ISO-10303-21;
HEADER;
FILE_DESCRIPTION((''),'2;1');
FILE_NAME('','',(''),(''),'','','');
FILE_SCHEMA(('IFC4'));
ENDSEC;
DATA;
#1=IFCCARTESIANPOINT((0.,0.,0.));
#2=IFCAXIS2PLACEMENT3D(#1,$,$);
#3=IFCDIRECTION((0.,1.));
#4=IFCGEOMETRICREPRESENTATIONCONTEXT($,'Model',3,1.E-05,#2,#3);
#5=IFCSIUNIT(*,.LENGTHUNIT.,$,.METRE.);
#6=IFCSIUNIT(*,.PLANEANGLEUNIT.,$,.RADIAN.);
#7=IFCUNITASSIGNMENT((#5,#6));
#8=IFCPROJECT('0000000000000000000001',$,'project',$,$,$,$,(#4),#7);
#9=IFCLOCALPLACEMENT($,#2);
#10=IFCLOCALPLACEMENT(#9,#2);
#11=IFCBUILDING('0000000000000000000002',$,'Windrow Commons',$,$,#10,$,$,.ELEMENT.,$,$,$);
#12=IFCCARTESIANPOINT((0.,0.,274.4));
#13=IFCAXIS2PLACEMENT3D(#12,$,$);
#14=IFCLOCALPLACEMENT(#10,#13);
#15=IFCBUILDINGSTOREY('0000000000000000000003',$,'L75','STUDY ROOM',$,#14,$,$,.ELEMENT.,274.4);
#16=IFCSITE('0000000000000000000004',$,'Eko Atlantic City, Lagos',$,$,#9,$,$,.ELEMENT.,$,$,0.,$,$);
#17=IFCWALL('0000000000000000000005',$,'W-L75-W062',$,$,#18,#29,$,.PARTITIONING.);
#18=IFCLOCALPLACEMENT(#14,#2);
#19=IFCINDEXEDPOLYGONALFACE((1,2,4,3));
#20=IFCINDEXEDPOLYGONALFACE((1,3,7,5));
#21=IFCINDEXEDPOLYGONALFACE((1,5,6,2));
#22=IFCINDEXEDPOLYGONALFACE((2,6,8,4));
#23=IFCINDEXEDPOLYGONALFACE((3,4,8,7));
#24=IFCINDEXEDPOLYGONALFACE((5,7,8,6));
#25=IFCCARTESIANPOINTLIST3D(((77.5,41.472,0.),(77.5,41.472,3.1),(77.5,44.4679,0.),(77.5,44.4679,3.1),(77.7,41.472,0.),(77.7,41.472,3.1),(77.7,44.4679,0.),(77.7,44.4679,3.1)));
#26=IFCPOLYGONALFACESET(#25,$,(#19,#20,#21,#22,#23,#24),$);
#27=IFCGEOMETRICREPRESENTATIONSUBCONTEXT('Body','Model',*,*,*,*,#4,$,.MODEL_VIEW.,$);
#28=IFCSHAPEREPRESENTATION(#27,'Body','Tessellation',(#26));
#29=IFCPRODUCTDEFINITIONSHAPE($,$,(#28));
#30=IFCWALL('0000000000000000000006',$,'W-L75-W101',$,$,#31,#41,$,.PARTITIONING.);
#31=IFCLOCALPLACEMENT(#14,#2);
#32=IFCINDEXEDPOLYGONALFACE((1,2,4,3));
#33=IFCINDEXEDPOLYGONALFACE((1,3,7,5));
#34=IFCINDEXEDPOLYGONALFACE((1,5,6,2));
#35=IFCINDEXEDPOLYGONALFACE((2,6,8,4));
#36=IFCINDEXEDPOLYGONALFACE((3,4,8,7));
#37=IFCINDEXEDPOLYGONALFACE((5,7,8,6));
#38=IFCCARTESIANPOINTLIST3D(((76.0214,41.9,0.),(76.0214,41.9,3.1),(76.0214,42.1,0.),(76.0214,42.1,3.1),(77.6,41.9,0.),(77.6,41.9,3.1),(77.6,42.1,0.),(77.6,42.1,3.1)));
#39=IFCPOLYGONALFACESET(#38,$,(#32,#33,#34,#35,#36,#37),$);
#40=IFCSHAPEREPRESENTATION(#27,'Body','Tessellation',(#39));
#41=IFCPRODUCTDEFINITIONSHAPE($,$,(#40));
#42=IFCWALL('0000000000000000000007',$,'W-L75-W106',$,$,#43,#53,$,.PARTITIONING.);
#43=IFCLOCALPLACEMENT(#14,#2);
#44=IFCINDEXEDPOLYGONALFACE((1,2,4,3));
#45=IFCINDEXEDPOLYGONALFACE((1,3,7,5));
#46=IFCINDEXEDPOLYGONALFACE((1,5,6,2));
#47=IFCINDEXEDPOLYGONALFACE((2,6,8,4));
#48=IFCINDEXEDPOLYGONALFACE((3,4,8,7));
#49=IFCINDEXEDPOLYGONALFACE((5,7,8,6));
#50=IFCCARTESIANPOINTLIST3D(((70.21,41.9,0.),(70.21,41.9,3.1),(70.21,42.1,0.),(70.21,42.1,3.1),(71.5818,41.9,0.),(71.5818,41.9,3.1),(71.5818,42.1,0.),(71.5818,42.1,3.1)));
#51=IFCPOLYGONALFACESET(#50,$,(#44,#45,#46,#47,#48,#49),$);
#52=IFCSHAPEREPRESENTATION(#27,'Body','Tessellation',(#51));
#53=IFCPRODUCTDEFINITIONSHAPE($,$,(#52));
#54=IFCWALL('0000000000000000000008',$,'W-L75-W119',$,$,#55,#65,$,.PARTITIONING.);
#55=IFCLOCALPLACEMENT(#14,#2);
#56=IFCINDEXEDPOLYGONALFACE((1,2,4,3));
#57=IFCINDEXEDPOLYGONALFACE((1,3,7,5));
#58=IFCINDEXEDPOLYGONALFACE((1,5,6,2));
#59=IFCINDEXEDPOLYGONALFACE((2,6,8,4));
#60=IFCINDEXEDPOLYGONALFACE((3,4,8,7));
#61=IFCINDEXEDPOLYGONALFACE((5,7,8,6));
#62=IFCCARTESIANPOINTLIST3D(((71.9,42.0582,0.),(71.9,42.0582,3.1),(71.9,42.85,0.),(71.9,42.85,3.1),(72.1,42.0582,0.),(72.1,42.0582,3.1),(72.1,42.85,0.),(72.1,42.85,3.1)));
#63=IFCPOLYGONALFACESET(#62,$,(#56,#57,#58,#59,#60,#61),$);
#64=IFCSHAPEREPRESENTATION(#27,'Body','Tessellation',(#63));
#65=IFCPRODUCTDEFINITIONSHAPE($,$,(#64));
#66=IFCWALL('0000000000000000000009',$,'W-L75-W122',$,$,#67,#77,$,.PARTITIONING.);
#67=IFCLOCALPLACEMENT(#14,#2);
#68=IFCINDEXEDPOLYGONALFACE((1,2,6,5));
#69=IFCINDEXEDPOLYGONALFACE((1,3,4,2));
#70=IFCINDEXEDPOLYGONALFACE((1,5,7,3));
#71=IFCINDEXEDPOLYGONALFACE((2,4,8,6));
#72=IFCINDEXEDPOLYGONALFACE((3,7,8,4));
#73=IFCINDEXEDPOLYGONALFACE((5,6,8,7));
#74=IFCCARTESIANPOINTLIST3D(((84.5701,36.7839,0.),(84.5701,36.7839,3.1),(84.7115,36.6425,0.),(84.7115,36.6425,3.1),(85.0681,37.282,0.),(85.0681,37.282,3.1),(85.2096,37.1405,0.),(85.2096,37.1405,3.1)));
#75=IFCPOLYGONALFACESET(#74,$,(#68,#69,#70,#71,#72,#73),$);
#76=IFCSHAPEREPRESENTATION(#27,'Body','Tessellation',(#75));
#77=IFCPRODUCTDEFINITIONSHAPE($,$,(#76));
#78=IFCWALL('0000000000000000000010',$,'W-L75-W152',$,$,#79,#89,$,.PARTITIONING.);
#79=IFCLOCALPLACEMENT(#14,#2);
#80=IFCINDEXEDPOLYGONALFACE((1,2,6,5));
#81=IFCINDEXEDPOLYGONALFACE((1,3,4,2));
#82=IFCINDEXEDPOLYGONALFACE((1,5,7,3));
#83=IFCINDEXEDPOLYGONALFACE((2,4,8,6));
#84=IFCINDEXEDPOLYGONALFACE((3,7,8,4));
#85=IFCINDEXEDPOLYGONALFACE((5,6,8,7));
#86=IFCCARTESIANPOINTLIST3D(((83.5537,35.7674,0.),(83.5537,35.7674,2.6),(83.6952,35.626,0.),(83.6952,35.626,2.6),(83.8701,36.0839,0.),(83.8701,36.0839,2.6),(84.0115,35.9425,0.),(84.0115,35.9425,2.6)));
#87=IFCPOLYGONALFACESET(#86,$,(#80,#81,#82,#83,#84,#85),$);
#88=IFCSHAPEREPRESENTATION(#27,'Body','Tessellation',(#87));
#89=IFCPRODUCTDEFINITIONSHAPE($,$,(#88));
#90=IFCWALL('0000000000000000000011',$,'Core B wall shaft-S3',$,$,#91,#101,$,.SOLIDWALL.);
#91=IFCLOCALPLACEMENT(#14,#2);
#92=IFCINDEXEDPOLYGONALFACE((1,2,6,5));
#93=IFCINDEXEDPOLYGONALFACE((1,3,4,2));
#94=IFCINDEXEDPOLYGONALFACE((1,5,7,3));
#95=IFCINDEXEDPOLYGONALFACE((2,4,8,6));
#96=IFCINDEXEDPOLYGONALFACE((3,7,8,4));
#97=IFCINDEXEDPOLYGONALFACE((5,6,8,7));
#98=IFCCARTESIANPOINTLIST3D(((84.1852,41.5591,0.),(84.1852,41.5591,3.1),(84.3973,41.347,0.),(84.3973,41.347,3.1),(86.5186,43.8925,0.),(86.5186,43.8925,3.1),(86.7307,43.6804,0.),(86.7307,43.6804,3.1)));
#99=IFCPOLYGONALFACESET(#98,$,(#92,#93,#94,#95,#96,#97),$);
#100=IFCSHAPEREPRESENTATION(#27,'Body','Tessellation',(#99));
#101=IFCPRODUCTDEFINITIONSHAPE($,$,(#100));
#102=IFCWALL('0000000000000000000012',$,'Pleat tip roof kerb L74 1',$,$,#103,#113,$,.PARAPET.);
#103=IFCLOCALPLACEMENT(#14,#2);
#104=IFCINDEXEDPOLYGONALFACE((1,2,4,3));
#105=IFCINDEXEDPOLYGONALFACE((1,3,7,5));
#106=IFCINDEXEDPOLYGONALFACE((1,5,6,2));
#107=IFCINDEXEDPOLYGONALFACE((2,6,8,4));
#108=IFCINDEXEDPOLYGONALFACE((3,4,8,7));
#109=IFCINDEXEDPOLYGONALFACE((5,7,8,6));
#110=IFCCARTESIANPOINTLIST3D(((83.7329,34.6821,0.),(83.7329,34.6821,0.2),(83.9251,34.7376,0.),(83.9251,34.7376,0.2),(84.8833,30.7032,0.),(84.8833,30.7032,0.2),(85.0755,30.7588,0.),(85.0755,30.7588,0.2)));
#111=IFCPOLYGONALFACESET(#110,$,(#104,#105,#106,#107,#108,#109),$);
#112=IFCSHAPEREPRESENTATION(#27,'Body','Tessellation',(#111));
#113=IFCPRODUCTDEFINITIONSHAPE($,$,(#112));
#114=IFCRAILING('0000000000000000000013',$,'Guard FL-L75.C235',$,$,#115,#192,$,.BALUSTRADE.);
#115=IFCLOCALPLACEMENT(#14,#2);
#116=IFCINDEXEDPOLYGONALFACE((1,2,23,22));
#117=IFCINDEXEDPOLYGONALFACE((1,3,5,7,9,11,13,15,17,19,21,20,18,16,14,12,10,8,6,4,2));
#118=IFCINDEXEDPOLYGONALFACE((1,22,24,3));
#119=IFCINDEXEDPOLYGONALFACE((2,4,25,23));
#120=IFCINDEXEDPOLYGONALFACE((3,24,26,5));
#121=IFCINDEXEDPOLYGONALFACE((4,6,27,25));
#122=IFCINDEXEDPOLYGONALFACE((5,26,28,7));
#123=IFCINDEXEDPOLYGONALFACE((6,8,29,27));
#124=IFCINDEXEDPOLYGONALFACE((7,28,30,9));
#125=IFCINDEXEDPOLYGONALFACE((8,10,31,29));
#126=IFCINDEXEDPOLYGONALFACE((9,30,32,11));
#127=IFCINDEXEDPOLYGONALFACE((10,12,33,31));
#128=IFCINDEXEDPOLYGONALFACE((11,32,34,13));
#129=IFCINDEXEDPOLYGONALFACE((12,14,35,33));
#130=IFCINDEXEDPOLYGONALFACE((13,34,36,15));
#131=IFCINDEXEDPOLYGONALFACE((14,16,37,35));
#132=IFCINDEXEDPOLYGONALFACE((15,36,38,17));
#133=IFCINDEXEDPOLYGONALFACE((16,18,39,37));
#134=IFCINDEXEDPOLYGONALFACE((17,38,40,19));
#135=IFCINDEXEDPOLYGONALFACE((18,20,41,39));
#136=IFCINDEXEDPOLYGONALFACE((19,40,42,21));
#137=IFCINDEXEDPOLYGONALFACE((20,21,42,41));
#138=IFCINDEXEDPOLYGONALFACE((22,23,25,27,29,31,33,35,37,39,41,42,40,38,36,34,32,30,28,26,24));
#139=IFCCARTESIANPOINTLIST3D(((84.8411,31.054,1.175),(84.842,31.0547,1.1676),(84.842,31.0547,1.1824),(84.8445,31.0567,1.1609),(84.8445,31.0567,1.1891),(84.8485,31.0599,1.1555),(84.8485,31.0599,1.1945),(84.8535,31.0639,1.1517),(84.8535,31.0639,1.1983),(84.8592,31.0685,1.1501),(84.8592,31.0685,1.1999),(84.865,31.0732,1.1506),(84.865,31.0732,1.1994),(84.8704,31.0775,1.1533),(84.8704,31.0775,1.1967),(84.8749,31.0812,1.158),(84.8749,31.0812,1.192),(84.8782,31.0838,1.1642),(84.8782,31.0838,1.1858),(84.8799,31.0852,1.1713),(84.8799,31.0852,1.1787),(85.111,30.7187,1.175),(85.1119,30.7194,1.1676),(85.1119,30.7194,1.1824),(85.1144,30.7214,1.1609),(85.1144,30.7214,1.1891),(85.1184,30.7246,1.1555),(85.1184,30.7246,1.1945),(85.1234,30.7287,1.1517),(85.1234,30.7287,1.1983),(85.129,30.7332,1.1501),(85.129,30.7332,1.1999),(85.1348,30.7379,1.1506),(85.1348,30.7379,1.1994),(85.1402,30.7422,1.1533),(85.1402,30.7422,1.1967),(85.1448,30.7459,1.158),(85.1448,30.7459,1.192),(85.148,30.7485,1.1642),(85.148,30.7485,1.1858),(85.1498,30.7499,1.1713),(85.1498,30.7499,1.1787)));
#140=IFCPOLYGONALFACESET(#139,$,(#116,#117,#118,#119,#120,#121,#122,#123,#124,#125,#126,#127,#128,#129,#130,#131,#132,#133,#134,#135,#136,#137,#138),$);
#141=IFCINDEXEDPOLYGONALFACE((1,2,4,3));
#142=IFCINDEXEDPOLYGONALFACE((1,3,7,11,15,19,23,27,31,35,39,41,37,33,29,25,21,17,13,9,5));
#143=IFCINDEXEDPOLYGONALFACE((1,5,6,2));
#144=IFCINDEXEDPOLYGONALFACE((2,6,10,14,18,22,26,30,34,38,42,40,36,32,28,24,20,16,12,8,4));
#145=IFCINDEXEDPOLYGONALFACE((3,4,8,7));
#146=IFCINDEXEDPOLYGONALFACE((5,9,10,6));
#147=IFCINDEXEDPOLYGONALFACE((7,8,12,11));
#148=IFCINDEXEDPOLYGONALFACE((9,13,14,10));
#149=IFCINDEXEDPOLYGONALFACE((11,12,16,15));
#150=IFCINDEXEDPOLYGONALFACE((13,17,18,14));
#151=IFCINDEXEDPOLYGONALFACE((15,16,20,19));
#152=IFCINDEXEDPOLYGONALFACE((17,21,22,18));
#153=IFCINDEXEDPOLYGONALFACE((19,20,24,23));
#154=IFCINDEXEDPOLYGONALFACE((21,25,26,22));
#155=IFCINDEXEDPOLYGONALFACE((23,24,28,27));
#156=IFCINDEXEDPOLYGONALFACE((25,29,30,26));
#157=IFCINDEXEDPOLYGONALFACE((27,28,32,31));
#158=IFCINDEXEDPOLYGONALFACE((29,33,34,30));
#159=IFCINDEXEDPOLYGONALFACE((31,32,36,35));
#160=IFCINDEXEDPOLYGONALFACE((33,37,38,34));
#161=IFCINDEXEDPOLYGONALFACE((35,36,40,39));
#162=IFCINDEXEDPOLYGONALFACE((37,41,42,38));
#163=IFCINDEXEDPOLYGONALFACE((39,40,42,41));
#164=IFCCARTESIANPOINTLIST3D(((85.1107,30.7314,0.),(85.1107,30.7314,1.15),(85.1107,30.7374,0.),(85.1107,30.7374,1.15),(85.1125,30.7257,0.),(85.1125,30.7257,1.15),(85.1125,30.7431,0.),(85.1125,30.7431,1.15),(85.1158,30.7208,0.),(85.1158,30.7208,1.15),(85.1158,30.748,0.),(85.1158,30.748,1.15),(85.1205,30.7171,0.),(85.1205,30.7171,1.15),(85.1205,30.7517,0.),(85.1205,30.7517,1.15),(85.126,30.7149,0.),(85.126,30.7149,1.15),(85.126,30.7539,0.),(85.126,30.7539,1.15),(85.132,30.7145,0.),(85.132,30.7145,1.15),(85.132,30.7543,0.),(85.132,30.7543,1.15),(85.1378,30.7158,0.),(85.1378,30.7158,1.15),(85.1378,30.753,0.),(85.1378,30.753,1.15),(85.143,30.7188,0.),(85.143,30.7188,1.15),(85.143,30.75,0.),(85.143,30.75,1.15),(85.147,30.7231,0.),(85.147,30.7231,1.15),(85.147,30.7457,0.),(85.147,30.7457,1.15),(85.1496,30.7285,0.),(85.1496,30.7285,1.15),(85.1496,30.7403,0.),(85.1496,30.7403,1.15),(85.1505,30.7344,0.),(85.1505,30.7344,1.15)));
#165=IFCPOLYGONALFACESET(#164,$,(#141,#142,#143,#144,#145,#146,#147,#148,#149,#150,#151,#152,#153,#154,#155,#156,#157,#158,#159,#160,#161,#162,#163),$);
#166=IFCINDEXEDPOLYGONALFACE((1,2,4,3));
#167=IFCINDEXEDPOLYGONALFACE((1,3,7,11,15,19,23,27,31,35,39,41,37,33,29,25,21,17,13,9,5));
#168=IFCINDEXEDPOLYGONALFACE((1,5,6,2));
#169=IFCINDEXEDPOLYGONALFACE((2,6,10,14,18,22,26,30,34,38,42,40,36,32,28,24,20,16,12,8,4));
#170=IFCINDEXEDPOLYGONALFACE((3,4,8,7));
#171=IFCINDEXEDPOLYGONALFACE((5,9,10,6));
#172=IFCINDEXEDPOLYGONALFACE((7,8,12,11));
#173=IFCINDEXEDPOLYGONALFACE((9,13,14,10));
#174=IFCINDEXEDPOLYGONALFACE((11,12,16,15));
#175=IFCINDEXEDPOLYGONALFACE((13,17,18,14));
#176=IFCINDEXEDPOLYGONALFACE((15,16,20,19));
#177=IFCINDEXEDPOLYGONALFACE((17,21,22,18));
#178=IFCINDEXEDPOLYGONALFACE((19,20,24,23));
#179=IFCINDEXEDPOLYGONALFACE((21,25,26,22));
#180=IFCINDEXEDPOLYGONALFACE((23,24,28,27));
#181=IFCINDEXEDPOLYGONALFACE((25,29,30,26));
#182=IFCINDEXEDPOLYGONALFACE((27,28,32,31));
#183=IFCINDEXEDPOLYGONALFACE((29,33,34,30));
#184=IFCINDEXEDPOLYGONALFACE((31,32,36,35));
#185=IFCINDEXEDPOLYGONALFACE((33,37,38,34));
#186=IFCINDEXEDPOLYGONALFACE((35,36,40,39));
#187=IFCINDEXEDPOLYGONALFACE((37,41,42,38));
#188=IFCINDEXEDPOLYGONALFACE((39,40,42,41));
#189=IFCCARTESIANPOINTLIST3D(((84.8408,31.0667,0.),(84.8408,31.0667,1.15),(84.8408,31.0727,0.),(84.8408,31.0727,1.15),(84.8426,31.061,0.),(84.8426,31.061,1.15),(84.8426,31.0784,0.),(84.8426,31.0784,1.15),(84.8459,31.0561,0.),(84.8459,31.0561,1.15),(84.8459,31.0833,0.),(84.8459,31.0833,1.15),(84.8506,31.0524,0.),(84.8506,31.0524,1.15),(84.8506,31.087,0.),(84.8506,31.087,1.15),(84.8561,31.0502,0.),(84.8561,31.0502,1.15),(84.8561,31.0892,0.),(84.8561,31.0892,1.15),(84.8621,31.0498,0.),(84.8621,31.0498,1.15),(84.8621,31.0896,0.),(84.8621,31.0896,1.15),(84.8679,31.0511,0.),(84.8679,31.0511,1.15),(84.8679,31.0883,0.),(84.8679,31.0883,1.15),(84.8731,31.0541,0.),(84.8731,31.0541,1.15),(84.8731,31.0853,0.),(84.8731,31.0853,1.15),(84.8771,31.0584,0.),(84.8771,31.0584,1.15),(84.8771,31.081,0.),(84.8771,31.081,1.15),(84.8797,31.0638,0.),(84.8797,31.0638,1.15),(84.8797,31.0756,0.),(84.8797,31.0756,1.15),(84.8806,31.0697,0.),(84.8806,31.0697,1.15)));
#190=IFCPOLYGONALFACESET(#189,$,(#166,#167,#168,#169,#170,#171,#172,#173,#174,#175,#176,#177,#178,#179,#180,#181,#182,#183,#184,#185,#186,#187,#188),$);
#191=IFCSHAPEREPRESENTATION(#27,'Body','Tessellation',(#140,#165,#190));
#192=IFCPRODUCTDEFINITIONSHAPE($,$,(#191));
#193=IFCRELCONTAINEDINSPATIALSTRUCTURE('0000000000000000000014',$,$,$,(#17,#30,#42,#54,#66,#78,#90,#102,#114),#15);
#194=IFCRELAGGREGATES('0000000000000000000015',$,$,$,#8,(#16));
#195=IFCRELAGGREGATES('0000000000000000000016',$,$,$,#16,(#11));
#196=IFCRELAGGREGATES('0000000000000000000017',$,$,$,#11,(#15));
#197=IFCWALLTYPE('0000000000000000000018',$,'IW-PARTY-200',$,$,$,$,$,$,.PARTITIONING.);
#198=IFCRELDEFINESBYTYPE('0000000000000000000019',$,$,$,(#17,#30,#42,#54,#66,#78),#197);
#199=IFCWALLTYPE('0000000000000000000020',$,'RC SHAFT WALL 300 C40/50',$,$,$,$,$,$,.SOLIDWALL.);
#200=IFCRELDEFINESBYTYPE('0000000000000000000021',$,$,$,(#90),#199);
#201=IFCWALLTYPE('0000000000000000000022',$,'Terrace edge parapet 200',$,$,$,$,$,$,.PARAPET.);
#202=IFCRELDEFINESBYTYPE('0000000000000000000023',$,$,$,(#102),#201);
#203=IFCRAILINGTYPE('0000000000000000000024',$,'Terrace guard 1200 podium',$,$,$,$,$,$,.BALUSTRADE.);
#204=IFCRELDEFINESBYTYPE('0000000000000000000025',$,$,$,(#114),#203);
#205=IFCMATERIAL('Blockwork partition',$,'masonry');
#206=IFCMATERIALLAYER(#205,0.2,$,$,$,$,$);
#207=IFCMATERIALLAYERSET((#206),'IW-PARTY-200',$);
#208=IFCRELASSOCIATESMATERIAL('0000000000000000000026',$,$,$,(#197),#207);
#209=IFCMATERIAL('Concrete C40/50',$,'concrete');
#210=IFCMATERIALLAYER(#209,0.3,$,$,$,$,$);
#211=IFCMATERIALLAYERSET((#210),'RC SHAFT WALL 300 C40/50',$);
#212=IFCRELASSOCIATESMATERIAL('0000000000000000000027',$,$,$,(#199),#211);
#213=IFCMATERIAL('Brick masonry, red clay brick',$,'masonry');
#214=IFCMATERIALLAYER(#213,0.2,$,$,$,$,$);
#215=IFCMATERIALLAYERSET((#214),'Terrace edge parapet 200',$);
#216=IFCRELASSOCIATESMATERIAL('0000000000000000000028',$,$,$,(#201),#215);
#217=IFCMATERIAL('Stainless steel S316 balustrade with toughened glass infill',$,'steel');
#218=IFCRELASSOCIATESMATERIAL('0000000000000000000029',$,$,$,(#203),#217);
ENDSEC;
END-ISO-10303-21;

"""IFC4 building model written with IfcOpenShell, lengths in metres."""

from ifc_helpers import new_model, si_unit, direction, frame, frame_2d, origin, origin_2d, place, context, subcontext, project, spatial, rectangle, circle, extrude, material, layer, layer_set, type_object, element, save


model = new_model("IFC4")

# Units and contexts
model_context = context("Model", 3, precision=1e-05, world=origin(), true_north=direction((0.0, 1.0)))
body_context = subcontext(model_context, "Body", "Model", "MODEL_VIEW")
ifc_project = project(units=[si_unit("LENGTHUNIT", "METRE"), si_unit("PLANEANGLEUNIT", "RADIAN")], contexts=[model_context])

# Site, building, storey
site_placement = place(None, origin())
site = spatial("IfcSite", under=ifc_project, at=site_placement, Name="Eko Atlantic City, Lagos", CompositionType="ELEMENT", RefElevation=0.0)
building_placement = place(site_placement, origin())
building = spatial("IfcBuilding", under=site, at=building_placement, Name="Windrow Commons", CompositionType="ELEMENT")
storey_placement = place(building_placement, frame((0.0, 0.0, 274.4)))
storey = spatial("IfcBuildingStorey", under=building, at=storey_placement, Name="L75", Description="STUDY ROOM", CompositionType="ELEMENT", Elevation=274.4)

# Walls
ifc_material_1 = material(Name="Blockwork partition", Category="masonry")
ifc_layer_1 = layer(ifc_material_1, 0.2)
ifc_layer_set_1 = layer_set([ifc_layer_1], Name="IW-PARTY-200")
wall_type_1 = type_object("IfcWallType", Name="IW-PARTY-200", PredefinedType="PARTITIONING", material=ifc_layer_set_1)
wall_1_placement = place(storey_placement, frame((77.6, 41.4721, 0.0), z_axis=(0.0, 0.0, 1.0), x_axis=(0.0, 1.0, 0.0)))
element("IfcWall", 1, at=wall_1_placement, inside=storey, type_object=wall_type_1, Name="W-L75-W062", PredefinedType="PARTITIONING", context=body_context, shape_type="SweptSolid", body=[
    extrude(rectangle(XDim=2.9959, YDim=0.2, at=frame_2d((1.4979, 0.0))), origin(), (0.0, 0.0, 1.0), 3.1),
])
wall_2_placement = place(storey_placement, frame((76.0214, 42.0, 0.0), z_axis=(0.0, 0.0, 1.0), x_axis=(1.0, 0.0, 0.0)))
element("IfcWall", 2, at=wall_2_placement, inside=storey, type_object=wall_type_1, Name="W-L75-W101", PredefinedType="PARTITIONING", context=body_context, shape_type="SweptSolid", body=[
    extrude(rectangle(XDim=1.5786, YDim=0.2, at=frame_2d((0.7893, 0.0))), origin(), (0.0, 0.0, 1.0), 3.1),
])
wall_3_placement = place(storey_placement, frame((70.2101, 42.0, 0.0), z_axis=(0.0, 0.0, 1.0), x_axis=(1.0, 0.0, 0.0)))
element("IfcWall", 3, at=wall_3_placement, inside=storey, type_object=wall_type_1, Name="W-L75-W106", PredefinedType="PARTITIONING", context=body_context, shape_type="SweptSolid", body=[
    extrude(rectangle(XDim=1.3717, YDim=0.2, at=frame_2d((0.6858, 0.0))), origin(), (0.0, 0.0, 1.0), 3.1),
])
wall_4_placement = place(storey_placement, frame((72.0, 42.0582, 0.0), z_axis=(0.0, 0.0, 1.0), x_axis=(0.0, 1.0, 0.0)))
element("IfcWall", 4, at=wall_4_placement, inside=storey, type_object=wall_type_1, Name="W-L75-W119", PredefinedType="PARTITIONING", context=body_context, shape_type="SweptSolid", body=[
    extrude(rectangle(XDim=0.7918, YDim=0.2, at=frame_2d((0.3959, 0.0))), origin(), (0.0, 0.0, 1.0), 3.1),
])
wall_5_placement = place(storey_placement, frame((84.6408, 36.7132, 0.0), z_axis=(0.0, 0.0, 1.0), x_axis=(0.707107, 0.707107, 0.0)))
element("IfcWall", 5, at=wall_5_placement, inside=storey, type_object=wall_type_1, Name="W-L75-W122", PredefinedType="PARTITIONING", context=body_context, shape_type="SweptSolid", body=[
    extrude(rectangle(XDim=0.7043, YDim=0.2, at=frame_2d((0.3522, 0.0))), origin(), (0.0, 0.0, 1.0), 3.1),
])
wall_6_placement = place(storey_placement, frame((83.6244, 35.6967, 0.0), z_axis=(0.0, 0.0, 1.0), x_axis=(0.706995, 0.707218, 0.0)))
element("IfcWall", 6, at=wall_6_placement, inside=storey, type_object=wall_type_1, Name="W-L75-W152", PredefinedType="PARTITIONING", context=body_context, shape_type="SweptSolid", body=[
    extrude(rectangle(XDim=0.4475, YDim=0.2, at=frame_2d((0.2238, 0.0))), origin(), (0.0, 0.0, 1.0), 2.6),
])
ifc_material_2 = material(Name="Concrete C40/50", Category="concrete")
ifc_layer_2 = layer(ifc_material_2, 0.3)
ifc_layer_set_2 = layer_set([ifc_layer_2], Name="RC SHAFT WALL 300 C40/50")
wall_type_2 = type_object("IfcWallType", Name="RC SHAFT WALL 300 C40/50", PredefinedType="SOLIDWALL", material=ifc_layer_set_2)
wall_7_placement = place(storey_placement, frame((84.2912, 41.453, 0.0), z_axis=(0.0, 0.0, 1.0), x_axis=(0.707107, 0.707107, 0.0)))
element("IfcWall", 7, at=wall_7_placement, inside=storey, type_object=wall_type_2, Name="Core B wall shaft-S3", PredefinedType="SOLIDWALL", context=body_context, shape_type="SweptSolid", body=[
    extrude(rectangle(XDim=3.2999, YDim=0.3, at=frame_2d((1.65, 0.0))), origin(), (0.0, 0.0, 1.0), 3.1),
])
ifc_material_3 = material(Name="Brick masonry, red clay brick", Category="masonry")
ifc_layer_3 = layer(ifc_material_3, 0.2)
ifc_layer_set_3 = layer_set([ifc_layer_3], Name="Terrace edge parapet 200")
wall_type_3 = type_object("IfcWallType", Name="Terrace edge parapet 200", PredefinedType="PARAPET", material=ifc_layer_set_3)
wall_8_placement = place(storey_placement, frame((84.9794, 30.731, 0.0), z_axis=(0.0, 0.0, 1.0), x_axis=(-0.277756, 0.960652, 0.0)))
element("IfcWall", 8, at=wall_8_placement, inside=storey, type_object=wall_type_3, Name="Pleat tip roof kerb L74 1", PredefinedType="PARAPET", context=body_context, shape_type="SweptSolid", body=[
    extrude(rectangle(XDim=4.1418, YDim=0.2, at=frame_2d((2.0709, 0.0))), origin(), (0.0, 0.0, 1.0), 0.2),
])

# Railing
ifc_material_4 = material(Name="Stainless steel S316 balustrade with toughened glass infill", Category="steel")
railing_type = type_object("IfcRailingType", Name="Terrace guard 1200 podium", PredefinedType="BALUSTRADE", material=ifc_material_4)
railing_1_placement = place(storey_placement, frame((85.1305, 30.7344, 0.0)))
element("IfcRailing", 9, at=railing_1_placement, inside=storey, type_object=railing_type, Name="Guard FL-L75.C235", PredefinedType="BALUSTRADE", context=body_context, shape_type="SweptSolid", body=[
    extrude(circle(Radius=0.025, at=origin_2d()), frame((0.0, 0.0, 1.175), z_axis=(-0.627044, 0.778984, 0.0), x_axis=(-0.778984, -0.627044, 0.0)), (0.0, 0.0, 1.0), 0.4304),
    extrude(circle(Radius=0.02, at=origin_2d()), origin(), (0.0, 0.0, 1.0), 1.15),
    extrude(circle(Radius=0.02, at=origin_2d()), frame((-0.2699, 0.3353, 0.0)), (0.0, 0.0, 1.0), 1.15),
])

save(model, "model.ifc")
